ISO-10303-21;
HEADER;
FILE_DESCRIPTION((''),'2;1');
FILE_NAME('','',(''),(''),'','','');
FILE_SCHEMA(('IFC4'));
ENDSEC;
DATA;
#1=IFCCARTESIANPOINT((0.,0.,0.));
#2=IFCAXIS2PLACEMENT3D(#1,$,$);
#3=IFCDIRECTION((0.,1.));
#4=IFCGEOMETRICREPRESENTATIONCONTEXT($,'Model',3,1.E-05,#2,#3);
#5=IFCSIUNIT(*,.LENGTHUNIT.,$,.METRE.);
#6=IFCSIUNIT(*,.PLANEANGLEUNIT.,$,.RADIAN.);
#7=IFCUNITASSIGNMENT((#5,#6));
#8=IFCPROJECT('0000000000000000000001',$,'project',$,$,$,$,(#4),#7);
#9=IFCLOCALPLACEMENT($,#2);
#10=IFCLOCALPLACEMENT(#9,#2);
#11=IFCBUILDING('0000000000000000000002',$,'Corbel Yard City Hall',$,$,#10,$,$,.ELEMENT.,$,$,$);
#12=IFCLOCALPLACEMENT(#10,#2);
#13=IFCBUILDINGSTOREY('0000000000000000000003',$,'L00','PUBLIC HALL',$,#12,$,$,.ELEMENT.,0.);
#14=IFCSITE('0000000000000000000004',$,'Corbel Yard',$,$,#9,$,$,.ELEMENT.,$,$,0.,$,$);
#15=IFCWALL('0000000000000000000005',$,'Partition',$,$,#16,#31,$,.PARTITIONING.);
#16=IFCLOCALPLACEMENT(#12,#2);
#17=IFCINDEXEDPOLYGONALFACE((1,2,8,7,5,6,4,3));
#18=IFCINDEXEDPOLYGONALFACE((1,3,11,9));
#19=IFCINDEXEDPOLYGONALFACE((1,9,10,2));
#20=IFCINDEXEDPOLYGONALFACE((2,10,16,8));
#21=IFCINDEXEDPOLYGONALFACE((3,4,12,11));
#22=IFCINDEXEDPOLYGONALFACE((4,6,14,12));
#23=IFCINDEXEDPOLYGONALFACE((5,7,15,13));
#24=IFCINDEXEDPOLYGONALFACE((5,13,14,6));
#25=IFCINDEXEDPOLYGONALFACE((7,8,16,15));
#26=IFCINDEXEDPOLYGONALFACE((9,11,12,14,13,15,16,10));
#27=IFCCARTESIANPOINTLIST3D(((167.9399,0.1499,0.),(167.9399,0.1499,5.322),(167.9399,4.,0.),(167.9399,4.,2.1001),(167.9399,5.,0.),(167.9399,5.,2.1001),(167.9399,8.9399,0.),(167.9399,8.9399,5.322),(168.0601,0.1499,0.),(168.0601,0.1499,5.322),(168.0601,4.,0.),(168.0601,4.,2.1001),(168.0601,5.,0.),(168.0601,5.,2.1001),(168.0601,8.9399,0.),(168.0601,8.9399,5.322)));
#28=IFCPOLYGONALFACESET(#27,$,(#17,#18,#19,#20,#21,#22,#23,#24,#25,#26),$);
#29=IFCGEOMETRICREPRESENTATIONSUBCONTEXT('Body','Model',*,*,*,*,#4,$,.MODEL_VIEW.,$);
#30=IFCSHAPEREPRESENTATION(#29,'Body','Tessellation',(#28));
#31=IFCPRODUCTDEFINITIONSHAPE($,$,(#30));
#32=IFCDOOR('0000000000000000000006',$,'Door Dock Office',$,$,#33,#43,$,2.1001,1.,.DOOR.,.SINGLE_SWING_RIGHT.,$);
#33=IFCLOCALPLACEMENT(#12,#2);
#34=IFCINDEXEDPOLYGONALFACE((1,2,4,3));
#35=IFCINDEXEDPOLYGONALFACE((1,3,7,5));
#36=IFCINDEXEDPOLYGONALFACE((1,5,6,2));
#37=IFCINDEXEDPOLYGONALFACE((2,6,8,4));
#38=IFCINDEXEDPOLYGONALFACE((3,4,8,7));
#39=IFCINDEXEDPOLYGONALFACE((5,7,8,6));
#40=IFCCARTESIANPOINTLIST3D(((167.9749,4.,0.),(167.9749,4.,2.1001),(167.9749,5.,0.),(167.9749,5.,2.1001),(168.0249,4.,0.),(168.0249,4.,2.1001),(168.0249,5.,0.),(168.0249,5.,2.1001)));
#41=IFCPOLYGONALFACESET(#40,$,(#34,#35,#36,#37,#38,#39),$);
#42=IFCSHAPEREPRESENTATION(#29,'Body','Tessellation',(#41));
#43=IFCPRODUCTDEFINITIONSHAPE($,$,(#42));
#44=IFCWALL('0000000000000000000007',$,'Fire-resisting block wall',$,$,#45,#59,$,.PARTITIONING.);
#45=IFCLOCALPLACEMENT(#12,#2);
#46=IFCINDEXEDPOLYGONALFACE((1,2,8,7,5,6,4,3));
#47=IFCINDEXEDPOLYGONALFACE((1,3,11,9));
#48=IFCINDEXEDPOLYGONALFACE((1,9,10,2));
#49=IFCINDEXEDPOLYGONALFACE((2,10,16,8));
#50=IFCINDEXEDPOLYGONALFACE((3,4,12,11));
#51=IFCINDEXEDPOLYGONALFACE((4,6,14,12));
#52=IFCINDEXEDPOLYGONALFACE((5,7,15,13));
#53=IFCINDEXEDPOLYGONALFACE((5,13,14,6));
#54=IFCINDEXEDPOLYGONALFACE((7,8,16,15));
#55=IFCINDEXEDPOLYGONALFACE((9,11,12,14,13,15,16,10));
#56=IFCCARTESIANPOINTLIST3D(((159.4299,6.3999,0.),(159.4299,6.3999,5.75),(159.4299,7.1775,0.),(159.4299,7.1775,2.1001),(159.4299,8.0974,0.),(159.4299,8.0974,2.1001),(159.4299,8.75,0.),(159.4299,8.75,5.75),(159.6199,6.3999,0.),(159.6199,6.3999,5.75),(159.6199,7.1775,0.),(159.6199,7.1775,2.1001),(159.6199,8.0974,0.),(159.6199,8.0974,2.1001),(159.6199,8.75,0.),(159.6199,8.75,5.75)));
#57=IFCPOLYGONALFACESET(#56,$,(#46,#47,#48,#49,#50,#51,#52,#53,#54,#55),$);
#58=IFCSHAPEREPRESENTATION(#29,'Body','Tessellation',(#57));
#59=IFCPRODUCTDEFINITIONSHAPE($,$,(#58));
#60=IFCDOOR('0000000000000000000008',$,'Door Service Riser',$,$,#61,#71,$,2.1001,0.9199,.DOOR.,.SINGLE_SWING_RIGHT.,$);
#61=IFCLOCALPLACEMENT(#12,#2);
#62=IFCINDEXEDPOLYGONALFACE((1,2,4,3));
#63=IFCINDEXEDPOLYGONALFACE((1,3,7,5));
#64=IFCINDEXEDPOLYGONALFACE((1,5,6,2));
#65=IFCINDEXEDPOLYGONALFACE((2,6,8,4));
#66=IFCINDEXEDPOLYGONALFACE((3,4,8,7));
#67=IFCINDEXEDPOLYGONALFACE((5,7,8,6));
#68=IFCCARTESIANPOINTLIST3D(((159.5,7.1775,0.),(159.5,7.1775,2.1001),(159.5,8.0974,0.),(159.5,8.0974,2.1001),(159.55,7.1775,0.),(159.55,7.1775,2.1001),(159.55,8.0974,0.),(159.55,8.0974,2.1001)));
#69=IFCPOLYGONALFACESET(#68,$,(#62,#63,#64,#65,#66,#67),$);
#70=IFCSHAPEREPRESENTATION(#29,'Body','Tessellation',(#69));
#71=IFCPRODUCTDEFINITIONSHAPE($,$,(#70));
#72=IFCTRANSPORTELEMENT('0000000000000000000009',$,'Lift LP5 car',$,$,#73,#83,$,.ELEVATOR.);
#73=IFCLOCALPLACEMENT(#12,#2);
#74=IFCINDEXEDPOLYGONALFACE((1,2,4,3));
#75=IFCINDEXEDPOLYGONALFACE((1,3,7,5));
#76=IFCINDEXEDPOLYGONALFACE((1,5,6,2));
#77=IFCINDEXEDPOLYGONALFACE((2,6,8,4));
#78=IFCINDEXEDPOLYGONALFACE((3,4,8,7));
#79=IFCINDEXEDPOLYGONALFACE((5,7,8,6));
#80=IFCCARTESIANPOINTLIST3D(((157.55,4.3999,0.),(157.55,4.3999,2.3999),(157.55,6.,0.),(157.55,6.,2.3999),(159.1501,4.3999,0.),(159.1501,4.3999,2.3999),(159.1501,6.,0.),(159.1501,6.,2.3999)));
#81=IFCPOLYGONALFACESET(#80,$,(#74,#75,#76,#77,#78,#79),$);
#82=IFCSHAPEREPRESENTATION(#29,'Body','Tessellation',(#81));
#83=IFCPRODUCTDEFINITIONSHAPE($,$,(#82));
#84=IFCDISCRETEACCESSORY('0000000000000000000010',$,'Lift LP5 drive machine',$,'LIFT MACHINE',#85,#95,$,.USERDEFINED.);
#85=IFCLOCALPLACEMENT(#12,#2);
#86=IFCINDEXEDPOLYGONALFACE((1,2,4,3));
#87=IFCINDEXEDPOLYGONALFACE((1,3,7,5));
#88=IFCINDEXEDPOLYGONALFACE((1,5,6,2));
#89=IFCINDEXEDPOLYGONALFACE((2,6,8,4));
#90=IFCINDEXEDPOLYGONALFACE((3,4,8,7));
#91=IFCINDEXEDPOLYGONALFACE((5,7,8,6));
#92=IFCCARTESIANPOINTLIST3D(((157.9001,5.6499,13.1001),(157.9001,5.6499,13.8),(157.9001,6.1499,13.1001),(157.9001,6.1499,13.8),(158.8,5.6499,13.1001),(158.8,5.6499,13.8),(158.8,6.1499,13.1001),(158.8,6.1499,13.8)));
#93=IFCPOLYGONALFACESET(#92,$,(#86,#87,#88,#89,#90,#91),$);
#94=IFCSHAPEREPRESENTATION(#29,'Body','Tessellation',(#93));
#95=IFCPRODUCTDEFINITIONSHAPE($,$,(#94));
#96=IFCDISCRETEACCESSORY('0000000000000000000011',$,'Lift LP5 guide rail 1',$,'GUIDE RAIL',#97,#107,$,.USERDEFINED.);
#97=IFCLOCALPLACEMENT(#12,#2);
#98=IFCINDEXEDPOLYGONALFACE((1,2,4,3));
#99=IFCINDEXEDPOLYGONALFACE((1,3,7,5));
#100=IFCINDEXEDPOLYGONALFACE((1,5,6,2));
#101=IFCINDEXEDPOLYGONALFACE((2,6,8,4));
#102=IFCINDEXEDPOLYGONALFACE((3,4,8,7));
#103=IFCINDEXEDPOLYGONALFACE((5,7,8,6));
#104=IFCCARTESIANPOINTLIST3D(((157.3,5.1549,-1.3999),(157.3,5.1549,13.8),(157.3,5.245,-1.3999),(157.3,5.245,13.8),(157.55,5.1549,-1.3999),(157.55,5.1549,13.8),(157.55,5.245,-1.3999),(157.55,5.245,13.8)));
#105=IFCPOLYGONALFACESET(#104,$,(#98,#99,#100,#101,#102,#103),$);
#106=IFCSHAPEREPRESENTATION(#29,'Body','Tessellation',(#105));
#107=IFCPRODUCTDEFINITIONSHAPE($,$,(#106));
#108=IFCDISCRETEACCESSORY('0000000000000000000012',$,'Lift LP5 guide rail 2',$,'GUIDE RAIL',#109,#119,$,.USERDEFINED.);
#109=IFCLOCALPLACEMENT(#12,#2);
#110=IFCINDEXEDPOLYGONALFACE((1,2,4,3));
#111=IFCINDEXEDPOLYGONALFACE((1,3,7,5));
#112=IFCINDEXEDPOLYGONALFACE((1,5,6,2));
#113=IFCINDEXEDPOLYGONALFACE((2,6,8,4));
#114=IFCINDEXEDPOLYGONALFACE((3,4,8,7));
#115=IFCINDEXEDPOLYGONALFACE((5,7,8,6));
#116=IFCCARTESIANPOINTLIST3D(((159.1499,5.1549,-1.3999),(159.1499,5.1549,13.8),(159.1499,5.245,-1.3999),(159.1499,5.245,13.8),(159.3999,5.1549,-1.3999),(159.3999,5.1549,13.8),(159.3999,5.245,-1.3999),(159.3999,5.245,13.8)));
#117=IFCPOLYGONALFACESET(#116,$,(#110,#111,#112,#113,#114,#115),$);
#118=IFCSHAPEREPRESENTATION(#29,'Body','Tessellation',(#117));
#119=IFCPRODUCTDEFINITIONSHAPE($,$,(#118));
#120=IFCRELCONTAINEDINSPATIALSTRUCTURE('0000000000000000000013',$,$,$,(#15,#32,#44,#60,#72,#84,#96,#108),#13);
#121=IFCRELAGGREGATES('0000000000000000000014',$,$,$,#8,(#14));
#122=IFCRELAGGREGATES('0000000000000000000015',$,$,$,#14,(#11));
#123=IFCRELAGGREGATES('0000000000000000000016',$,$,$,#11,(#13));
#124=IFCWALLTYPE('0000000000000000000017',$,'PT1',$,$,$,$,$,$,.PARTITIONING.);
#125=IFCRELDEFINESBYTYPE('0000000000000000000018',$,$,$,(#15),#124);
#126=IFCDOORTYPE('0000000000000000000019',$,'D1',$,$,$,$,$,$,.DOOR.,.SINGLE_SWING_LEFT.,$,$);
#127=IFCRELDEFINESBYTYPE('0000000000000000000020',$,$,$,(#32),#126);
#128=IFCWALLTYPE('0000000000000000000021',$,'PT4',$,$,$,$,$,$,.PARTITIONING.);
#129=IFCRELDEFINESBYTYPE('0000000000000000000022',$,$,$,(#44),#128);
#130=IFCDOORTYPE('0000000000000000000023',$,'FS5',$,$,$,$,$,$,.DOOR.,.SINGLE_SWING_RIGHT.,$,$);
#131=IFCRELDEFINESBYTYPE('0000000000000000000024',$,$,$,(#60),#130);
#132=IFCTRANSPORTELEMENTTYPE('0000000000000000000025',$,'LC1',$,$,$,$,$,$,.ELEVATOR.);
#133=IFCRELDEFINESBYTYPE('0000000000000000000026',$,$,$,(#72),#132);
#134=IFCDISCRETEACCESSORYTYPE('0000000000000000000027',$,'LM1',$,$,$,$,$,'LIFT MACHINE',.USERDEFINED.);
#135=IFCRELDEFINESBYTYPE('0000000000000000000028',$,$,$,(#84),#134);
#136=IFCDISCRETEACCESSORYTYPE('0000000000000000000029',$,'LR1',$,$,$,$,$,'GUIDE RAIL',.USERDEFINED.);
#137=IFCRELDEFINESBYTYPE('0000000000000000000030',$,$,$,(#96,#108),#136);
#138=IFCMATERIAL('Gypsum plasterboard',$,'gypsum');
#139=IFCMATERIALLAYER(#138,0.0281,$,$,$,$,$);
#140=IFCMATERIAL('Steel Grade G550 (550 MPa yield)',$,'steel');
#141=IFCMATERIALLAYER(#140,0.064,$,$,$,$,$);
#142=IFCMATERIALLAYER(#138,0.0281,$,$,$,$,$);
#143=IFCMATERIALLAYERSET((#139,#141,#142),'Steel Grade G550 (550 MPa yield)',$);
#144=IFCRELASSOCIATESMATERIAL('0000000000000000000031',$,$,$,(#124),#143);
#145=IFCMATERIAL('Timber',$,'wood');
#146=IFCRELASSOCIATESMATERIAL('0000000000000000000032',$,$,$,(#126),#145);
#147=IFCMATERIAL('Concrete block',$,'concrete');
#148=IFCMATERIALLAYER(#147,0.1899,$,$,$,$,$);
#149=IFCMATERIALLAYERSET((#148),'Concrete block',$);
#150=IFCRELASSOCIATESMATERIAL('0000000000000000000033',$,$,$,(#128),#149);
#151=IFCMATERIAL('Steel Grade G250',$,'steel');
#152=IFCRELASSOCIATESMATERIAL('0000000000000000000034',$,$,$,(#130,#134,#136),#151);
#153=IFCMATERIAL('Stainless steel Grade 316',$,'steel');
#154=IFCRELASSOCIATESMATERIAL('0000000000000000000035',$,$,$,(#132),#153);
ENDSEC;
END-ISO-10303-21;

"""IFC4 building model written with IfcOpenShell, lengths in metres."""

from ifc_helpers import new_model, si_unit, direction, frame, frame_2d, origin, origin_2d, place, context, subcontext, project, spatial, rectangle, extrude, material, layer, layer_set, type_object, element, fill, save


model = new_model("IFC4")

# Units and contexts
model_context = context("Model", 3, precision=1e-05, world=origin(), true_north=direction((0.0, 1.0)))
body_context = subcontext(model_context, "Body", "Model", "MODEL_VIEW")
ifc_project = project(units=[si_unit("LENGTHUNIT", "METRE"), si_unit("PLANEANGLEUNIT", "RADIAN")], contexts=[model_context])

# Site, building, storey
site_placement = place(None, origin())
site = spatial("IfcSite", under=ifc_project, at=site_placement, Name="Corbel Yard", CompositionType="ELEMENT", RefElevation=0.0)
building_placement = place(site_placement, origin())
building = spatial("IfcBuilding", under=site, at=building_placement, Name="Corbel Yard City Hall", CompositionType="ELEMENT")
storey_placement = place(building_placement, origin())
storey = spatial("IfcBuildingStorey", under=building, at=storey_placement, Name="L00", Description="PUBLIC HALL", CompositionType="ELEMENT", Elevation=0.0)

# Shared definitions
ifc_material_1 = material(Name="Gypsum plasterboard", Category="gypsum")

# Shared definitions
ifc_material_2 = material(Name="Steel Grade G250", Category="steel")

# Walls, openings, doors
ifc_layer_1 = layer(ifc_material_1, 0.0281)
ifc_material_3 = material(Name="Steel Grade G550 (550 MPa yield)", Category="steel")
ifc_layer_2 = layer(ifc_material_3, 0.064)
ifc_layer_3 = layer(ifc_material_1, 0.0281)
ifc_layer_set_1 = layer_set([ifc_layer_1, ifc_layer_2, ifc_layer_3], Name="Steel Grade G550 (550 MPa yield)")
wall_type_1 = type_object("IfcWallType", Name="PT1", PredefinedType="PARTITIONING", material=ifc_layer_set_1)
ifc_material_4 = material(Name="Timber", Category="wood")
door_type_1 = type_object("IfcDoorType", Name="D1", OperationType="SINGLE_SWING_LEFT", PredefinedType="DOOR", material=ifc_material_4)
wall_1_placement = place(storey_placement, frame((168.0, 0.1499, 0.0), z_axis=(0.0, 0.0, 1.0), x_axis=(0.0, 1.0, 0.0)))
wall_1 = element("IfcWall", 1, at=wall_1_placement, inside=storey, type_object=wall_type_1, Name="Partition", PredefinedType="PARTITIONING", context=body_context, shape_type="SweptSolid", body=[
    extrude(rectangle(XDim=8.79, YDim=0.1201, at=frame_2d((4.395, 0.0))), origin(), (0.0, 0.0, 1.0), 5.322),
])
opening_1_placement = place(wall_1_placement, frame((3.8501, 0.0, 0.0)))
opening_1 = element("IfcOpeningElement", 2, at=opening_1_placement, cuts=wall_1, PredefinedType="OPENING", context=body_context, shape_type="SweptSolid", body=[
    extrude(rectangle(XDim=1.0, YDim=2.1001, at=frame_2d((0.5, 1.05))), frame((0.0, 0.0701, 0.0), z_axis=(0.0, -1.0, 0.0), x_axis=(1.0, 0.0, 0.0)), (0.0, 0.0, 1.0), 0.1401),
])
door_1_placement = place(opening_1_placement, frame((1.0, 0.0, 0.0), z_axis=(0.0, 0.0, 1.0), x_axis=(-1.0, 0.0, 0.0)))
door_1 = element("IfcDoor", 3, at=door_1_placement, inside=storey, type_object=door_type_1, Name="Door Dock Office", OperationType="SINGLE_SWING_RIGHT", OverallHeight=2.1001, OverallWidth=1.0, PredefinedType="DOOR", context=body_context, shape_type="SweptSolid", body=[
    extrude(rectangle(XDim=1.0, YDim=2.1001, at=frame_2d((0.5, 1.05))), frame((0.0, 0.0249, 0.0), z_axis=(0.0, -1.0, 0.0), x_axis=(1.0, 0.0, 0.0)), (0.0, 0.0, 1.0), 0.05),
])
fill(opening_1, door_1)
ifc_material_5 = material(Name="Concrete block", Category="concrete")
ifc_layer_4 = layer(ifc_material_5, 0.1899)
ifc_layer_set_2 = layer_set([ifc_layer_4], Name="Concrete block")
wall_type_2 = type_object("IfcWallType", Name="PT4", PredefinedType="PARTITIONING", material=ifc_layer_set_2)
wall_2_placement = place(storey_placement, frame((159.5249, 6.3999, 0.0), z_axis=(0.0, 0.0, 1.0), x_axis=(0.0, 1.0, 0.0)))
wall_2 = element("IfcWall", 4, at=wall_2_placement, inside=storey, type_object=wall_type_2, Name="Fire-resisting block wall", PredefinedType="PARTITIONING", context=body_context, shape_type="SweptSolid", body=[
    extrude(rectangle(XDim=2.3501, YDim=0.1899, at=frame_2d((1.175, 0.0))), origin(), (0.0, 0.0, 1.0), 5.75),
])
opening_2_placement = place(wall_2_placement, frame((0.7776, 0.0, 0.0)))
opening_2 = element("IfcOpeningElement", 5, at=opening_2_placement, cuts=wall_2, PredefinedType="OPENING", context=body_context, shape_type="SweptSolid", body=[
    extrude(rectangle(XDim=0.9199, YDim=2.1001, at=frame_2d((0.46, 1.05))), frame((0.0, 0.105, 0.0), z_axis=(0.0, -1.0, 0.0), x_axis=(1.0, 0.0, 0.0)), (0.0, 0.0, 1.0), 0.21),
])
door_type_2 = type_object("IfcDoorType", Name="FS5", OperationType="SINGLE_SWING_RIGHT", PredefinedType="DOOR", material=ifc_material_2)
door_2_placement = place(opening_2_placement, origin())
door_2 = element("IfcDoor", 6, at=door_2_placement, inside=storey, type_object=door_type_2, Name="Door Service Riser", OperationType="SINGLE_SWING_RIGHT", OverallHeight=2.1001, OverallWidth=0.9199, PredefinedType="DOOR", context=body_context, shape_type="SweptSolid", body=[
    extrude(rectangle(XDim=0.9199, YDim=2.1001, at=frame_2d((0.46, 1.05))), frame((0.0, 0.0249, 0.0), z_axis=(0.0, -1.0, 0.0), x_axis=(1.0, 0.0, 0.0)), (0.0, 0.0, 1.0), 0.05),
])
fill(opening_2, door_2)

# Transport element
ifc_material_6 = material(Name="Stainless steel Grade 316", Category="steel")
transport_element_type = type_object("IfcTransportElementType", Name="LC1", PredefinedType="ELEVATOR", material=ifc_material_6)
transport_element_placement = place(storey_placement, frame((158.3501, 5.2, 0.0), z_axis=(0.0, 0.0, 1.0), x_axis=(1.0, 0.0, 0.0)))
element("IfcTransportElement", 7, at=transport_element_placement, inside=storey, type_object=transport_element_type, Name="Lift LP5 car", PredefinedType="ELEVATOR", context=body_context, shape_type="SweptSolid", body=[
    extrude(rectangle(XDim=1.6001, YDim=1.6001, at=origin_2d()), origin(), (0.0, 0.0, 1.0), 2.3999),
])

# Discrete accessories
discrete_accessory_type_1 = type_object("IfcDiscreteAccessoryType", Name="LM1", ElementType="LIFT MACHINE", PredefinedType="USERDEFINED", material=ifc_material_2)
discrete_accessory_placement = place(storey_placement, frame((158.3501, 5.8999, 13.1001), z_axis=(0.0, 0.0, 1.0), x_axis=(1.0, 0.0, 0.0)))
element("IfcDiscreteAccessory", 8, at=discrete_accessory_placement, inside=storey, type_object=discrete_accessory_type_1, Name="Lift LP5 drive machine", ObjectType="LIFT MACHINE", PredefinedType="USERDEFINED", context=body_context, shape_type="SweptSolid", body=[
    extrude(rectangle(XDim=0.8999, YDim=0.5, at=origin_2d()), origin(), (0.0, 0.0, 1.0), 0.7),
])
discrete_accessory_type_2 = type_object("IfcDiscreteAccessoryType", Name="LR1", ElementType="GUIDE RAIL", PredefinedType="USERDEFINED", material=ifc_material_2)
for number, where, z_axis, x_axis, name in (
    (9, (157.425, 5.2, -1.3999), (0.0, 0.0, 1.0), (1.0, 0.0, 0.0), "Lift LP5 guide rail 1"),
    (10, (159.2749, 5.2, -1.3999), (0.0, 0.0, 1.0), (1.0, 0.0, 0.0), "Lift LP5 guide rail 2"),
):
    element("IfcDiscreteAccessory", number, at=place(storey_placement, frame(where, z_axis=z_axis, x_axis=x_axis)), inside=storey, type_object=discrete_accessory_type_2, Name=name, ObjectType="GUIDE RAIL", PredefinedType="USERDEFINED", context=body_context, shape_type="SweptSolid", body=[
        extrude(rectangle(XDim=0.25, YDim=0.0901, at=origin_2d()), origin(), (0.0, 0.0, 1.0), 15.2),
    ])

save(model, "model.ifc")
